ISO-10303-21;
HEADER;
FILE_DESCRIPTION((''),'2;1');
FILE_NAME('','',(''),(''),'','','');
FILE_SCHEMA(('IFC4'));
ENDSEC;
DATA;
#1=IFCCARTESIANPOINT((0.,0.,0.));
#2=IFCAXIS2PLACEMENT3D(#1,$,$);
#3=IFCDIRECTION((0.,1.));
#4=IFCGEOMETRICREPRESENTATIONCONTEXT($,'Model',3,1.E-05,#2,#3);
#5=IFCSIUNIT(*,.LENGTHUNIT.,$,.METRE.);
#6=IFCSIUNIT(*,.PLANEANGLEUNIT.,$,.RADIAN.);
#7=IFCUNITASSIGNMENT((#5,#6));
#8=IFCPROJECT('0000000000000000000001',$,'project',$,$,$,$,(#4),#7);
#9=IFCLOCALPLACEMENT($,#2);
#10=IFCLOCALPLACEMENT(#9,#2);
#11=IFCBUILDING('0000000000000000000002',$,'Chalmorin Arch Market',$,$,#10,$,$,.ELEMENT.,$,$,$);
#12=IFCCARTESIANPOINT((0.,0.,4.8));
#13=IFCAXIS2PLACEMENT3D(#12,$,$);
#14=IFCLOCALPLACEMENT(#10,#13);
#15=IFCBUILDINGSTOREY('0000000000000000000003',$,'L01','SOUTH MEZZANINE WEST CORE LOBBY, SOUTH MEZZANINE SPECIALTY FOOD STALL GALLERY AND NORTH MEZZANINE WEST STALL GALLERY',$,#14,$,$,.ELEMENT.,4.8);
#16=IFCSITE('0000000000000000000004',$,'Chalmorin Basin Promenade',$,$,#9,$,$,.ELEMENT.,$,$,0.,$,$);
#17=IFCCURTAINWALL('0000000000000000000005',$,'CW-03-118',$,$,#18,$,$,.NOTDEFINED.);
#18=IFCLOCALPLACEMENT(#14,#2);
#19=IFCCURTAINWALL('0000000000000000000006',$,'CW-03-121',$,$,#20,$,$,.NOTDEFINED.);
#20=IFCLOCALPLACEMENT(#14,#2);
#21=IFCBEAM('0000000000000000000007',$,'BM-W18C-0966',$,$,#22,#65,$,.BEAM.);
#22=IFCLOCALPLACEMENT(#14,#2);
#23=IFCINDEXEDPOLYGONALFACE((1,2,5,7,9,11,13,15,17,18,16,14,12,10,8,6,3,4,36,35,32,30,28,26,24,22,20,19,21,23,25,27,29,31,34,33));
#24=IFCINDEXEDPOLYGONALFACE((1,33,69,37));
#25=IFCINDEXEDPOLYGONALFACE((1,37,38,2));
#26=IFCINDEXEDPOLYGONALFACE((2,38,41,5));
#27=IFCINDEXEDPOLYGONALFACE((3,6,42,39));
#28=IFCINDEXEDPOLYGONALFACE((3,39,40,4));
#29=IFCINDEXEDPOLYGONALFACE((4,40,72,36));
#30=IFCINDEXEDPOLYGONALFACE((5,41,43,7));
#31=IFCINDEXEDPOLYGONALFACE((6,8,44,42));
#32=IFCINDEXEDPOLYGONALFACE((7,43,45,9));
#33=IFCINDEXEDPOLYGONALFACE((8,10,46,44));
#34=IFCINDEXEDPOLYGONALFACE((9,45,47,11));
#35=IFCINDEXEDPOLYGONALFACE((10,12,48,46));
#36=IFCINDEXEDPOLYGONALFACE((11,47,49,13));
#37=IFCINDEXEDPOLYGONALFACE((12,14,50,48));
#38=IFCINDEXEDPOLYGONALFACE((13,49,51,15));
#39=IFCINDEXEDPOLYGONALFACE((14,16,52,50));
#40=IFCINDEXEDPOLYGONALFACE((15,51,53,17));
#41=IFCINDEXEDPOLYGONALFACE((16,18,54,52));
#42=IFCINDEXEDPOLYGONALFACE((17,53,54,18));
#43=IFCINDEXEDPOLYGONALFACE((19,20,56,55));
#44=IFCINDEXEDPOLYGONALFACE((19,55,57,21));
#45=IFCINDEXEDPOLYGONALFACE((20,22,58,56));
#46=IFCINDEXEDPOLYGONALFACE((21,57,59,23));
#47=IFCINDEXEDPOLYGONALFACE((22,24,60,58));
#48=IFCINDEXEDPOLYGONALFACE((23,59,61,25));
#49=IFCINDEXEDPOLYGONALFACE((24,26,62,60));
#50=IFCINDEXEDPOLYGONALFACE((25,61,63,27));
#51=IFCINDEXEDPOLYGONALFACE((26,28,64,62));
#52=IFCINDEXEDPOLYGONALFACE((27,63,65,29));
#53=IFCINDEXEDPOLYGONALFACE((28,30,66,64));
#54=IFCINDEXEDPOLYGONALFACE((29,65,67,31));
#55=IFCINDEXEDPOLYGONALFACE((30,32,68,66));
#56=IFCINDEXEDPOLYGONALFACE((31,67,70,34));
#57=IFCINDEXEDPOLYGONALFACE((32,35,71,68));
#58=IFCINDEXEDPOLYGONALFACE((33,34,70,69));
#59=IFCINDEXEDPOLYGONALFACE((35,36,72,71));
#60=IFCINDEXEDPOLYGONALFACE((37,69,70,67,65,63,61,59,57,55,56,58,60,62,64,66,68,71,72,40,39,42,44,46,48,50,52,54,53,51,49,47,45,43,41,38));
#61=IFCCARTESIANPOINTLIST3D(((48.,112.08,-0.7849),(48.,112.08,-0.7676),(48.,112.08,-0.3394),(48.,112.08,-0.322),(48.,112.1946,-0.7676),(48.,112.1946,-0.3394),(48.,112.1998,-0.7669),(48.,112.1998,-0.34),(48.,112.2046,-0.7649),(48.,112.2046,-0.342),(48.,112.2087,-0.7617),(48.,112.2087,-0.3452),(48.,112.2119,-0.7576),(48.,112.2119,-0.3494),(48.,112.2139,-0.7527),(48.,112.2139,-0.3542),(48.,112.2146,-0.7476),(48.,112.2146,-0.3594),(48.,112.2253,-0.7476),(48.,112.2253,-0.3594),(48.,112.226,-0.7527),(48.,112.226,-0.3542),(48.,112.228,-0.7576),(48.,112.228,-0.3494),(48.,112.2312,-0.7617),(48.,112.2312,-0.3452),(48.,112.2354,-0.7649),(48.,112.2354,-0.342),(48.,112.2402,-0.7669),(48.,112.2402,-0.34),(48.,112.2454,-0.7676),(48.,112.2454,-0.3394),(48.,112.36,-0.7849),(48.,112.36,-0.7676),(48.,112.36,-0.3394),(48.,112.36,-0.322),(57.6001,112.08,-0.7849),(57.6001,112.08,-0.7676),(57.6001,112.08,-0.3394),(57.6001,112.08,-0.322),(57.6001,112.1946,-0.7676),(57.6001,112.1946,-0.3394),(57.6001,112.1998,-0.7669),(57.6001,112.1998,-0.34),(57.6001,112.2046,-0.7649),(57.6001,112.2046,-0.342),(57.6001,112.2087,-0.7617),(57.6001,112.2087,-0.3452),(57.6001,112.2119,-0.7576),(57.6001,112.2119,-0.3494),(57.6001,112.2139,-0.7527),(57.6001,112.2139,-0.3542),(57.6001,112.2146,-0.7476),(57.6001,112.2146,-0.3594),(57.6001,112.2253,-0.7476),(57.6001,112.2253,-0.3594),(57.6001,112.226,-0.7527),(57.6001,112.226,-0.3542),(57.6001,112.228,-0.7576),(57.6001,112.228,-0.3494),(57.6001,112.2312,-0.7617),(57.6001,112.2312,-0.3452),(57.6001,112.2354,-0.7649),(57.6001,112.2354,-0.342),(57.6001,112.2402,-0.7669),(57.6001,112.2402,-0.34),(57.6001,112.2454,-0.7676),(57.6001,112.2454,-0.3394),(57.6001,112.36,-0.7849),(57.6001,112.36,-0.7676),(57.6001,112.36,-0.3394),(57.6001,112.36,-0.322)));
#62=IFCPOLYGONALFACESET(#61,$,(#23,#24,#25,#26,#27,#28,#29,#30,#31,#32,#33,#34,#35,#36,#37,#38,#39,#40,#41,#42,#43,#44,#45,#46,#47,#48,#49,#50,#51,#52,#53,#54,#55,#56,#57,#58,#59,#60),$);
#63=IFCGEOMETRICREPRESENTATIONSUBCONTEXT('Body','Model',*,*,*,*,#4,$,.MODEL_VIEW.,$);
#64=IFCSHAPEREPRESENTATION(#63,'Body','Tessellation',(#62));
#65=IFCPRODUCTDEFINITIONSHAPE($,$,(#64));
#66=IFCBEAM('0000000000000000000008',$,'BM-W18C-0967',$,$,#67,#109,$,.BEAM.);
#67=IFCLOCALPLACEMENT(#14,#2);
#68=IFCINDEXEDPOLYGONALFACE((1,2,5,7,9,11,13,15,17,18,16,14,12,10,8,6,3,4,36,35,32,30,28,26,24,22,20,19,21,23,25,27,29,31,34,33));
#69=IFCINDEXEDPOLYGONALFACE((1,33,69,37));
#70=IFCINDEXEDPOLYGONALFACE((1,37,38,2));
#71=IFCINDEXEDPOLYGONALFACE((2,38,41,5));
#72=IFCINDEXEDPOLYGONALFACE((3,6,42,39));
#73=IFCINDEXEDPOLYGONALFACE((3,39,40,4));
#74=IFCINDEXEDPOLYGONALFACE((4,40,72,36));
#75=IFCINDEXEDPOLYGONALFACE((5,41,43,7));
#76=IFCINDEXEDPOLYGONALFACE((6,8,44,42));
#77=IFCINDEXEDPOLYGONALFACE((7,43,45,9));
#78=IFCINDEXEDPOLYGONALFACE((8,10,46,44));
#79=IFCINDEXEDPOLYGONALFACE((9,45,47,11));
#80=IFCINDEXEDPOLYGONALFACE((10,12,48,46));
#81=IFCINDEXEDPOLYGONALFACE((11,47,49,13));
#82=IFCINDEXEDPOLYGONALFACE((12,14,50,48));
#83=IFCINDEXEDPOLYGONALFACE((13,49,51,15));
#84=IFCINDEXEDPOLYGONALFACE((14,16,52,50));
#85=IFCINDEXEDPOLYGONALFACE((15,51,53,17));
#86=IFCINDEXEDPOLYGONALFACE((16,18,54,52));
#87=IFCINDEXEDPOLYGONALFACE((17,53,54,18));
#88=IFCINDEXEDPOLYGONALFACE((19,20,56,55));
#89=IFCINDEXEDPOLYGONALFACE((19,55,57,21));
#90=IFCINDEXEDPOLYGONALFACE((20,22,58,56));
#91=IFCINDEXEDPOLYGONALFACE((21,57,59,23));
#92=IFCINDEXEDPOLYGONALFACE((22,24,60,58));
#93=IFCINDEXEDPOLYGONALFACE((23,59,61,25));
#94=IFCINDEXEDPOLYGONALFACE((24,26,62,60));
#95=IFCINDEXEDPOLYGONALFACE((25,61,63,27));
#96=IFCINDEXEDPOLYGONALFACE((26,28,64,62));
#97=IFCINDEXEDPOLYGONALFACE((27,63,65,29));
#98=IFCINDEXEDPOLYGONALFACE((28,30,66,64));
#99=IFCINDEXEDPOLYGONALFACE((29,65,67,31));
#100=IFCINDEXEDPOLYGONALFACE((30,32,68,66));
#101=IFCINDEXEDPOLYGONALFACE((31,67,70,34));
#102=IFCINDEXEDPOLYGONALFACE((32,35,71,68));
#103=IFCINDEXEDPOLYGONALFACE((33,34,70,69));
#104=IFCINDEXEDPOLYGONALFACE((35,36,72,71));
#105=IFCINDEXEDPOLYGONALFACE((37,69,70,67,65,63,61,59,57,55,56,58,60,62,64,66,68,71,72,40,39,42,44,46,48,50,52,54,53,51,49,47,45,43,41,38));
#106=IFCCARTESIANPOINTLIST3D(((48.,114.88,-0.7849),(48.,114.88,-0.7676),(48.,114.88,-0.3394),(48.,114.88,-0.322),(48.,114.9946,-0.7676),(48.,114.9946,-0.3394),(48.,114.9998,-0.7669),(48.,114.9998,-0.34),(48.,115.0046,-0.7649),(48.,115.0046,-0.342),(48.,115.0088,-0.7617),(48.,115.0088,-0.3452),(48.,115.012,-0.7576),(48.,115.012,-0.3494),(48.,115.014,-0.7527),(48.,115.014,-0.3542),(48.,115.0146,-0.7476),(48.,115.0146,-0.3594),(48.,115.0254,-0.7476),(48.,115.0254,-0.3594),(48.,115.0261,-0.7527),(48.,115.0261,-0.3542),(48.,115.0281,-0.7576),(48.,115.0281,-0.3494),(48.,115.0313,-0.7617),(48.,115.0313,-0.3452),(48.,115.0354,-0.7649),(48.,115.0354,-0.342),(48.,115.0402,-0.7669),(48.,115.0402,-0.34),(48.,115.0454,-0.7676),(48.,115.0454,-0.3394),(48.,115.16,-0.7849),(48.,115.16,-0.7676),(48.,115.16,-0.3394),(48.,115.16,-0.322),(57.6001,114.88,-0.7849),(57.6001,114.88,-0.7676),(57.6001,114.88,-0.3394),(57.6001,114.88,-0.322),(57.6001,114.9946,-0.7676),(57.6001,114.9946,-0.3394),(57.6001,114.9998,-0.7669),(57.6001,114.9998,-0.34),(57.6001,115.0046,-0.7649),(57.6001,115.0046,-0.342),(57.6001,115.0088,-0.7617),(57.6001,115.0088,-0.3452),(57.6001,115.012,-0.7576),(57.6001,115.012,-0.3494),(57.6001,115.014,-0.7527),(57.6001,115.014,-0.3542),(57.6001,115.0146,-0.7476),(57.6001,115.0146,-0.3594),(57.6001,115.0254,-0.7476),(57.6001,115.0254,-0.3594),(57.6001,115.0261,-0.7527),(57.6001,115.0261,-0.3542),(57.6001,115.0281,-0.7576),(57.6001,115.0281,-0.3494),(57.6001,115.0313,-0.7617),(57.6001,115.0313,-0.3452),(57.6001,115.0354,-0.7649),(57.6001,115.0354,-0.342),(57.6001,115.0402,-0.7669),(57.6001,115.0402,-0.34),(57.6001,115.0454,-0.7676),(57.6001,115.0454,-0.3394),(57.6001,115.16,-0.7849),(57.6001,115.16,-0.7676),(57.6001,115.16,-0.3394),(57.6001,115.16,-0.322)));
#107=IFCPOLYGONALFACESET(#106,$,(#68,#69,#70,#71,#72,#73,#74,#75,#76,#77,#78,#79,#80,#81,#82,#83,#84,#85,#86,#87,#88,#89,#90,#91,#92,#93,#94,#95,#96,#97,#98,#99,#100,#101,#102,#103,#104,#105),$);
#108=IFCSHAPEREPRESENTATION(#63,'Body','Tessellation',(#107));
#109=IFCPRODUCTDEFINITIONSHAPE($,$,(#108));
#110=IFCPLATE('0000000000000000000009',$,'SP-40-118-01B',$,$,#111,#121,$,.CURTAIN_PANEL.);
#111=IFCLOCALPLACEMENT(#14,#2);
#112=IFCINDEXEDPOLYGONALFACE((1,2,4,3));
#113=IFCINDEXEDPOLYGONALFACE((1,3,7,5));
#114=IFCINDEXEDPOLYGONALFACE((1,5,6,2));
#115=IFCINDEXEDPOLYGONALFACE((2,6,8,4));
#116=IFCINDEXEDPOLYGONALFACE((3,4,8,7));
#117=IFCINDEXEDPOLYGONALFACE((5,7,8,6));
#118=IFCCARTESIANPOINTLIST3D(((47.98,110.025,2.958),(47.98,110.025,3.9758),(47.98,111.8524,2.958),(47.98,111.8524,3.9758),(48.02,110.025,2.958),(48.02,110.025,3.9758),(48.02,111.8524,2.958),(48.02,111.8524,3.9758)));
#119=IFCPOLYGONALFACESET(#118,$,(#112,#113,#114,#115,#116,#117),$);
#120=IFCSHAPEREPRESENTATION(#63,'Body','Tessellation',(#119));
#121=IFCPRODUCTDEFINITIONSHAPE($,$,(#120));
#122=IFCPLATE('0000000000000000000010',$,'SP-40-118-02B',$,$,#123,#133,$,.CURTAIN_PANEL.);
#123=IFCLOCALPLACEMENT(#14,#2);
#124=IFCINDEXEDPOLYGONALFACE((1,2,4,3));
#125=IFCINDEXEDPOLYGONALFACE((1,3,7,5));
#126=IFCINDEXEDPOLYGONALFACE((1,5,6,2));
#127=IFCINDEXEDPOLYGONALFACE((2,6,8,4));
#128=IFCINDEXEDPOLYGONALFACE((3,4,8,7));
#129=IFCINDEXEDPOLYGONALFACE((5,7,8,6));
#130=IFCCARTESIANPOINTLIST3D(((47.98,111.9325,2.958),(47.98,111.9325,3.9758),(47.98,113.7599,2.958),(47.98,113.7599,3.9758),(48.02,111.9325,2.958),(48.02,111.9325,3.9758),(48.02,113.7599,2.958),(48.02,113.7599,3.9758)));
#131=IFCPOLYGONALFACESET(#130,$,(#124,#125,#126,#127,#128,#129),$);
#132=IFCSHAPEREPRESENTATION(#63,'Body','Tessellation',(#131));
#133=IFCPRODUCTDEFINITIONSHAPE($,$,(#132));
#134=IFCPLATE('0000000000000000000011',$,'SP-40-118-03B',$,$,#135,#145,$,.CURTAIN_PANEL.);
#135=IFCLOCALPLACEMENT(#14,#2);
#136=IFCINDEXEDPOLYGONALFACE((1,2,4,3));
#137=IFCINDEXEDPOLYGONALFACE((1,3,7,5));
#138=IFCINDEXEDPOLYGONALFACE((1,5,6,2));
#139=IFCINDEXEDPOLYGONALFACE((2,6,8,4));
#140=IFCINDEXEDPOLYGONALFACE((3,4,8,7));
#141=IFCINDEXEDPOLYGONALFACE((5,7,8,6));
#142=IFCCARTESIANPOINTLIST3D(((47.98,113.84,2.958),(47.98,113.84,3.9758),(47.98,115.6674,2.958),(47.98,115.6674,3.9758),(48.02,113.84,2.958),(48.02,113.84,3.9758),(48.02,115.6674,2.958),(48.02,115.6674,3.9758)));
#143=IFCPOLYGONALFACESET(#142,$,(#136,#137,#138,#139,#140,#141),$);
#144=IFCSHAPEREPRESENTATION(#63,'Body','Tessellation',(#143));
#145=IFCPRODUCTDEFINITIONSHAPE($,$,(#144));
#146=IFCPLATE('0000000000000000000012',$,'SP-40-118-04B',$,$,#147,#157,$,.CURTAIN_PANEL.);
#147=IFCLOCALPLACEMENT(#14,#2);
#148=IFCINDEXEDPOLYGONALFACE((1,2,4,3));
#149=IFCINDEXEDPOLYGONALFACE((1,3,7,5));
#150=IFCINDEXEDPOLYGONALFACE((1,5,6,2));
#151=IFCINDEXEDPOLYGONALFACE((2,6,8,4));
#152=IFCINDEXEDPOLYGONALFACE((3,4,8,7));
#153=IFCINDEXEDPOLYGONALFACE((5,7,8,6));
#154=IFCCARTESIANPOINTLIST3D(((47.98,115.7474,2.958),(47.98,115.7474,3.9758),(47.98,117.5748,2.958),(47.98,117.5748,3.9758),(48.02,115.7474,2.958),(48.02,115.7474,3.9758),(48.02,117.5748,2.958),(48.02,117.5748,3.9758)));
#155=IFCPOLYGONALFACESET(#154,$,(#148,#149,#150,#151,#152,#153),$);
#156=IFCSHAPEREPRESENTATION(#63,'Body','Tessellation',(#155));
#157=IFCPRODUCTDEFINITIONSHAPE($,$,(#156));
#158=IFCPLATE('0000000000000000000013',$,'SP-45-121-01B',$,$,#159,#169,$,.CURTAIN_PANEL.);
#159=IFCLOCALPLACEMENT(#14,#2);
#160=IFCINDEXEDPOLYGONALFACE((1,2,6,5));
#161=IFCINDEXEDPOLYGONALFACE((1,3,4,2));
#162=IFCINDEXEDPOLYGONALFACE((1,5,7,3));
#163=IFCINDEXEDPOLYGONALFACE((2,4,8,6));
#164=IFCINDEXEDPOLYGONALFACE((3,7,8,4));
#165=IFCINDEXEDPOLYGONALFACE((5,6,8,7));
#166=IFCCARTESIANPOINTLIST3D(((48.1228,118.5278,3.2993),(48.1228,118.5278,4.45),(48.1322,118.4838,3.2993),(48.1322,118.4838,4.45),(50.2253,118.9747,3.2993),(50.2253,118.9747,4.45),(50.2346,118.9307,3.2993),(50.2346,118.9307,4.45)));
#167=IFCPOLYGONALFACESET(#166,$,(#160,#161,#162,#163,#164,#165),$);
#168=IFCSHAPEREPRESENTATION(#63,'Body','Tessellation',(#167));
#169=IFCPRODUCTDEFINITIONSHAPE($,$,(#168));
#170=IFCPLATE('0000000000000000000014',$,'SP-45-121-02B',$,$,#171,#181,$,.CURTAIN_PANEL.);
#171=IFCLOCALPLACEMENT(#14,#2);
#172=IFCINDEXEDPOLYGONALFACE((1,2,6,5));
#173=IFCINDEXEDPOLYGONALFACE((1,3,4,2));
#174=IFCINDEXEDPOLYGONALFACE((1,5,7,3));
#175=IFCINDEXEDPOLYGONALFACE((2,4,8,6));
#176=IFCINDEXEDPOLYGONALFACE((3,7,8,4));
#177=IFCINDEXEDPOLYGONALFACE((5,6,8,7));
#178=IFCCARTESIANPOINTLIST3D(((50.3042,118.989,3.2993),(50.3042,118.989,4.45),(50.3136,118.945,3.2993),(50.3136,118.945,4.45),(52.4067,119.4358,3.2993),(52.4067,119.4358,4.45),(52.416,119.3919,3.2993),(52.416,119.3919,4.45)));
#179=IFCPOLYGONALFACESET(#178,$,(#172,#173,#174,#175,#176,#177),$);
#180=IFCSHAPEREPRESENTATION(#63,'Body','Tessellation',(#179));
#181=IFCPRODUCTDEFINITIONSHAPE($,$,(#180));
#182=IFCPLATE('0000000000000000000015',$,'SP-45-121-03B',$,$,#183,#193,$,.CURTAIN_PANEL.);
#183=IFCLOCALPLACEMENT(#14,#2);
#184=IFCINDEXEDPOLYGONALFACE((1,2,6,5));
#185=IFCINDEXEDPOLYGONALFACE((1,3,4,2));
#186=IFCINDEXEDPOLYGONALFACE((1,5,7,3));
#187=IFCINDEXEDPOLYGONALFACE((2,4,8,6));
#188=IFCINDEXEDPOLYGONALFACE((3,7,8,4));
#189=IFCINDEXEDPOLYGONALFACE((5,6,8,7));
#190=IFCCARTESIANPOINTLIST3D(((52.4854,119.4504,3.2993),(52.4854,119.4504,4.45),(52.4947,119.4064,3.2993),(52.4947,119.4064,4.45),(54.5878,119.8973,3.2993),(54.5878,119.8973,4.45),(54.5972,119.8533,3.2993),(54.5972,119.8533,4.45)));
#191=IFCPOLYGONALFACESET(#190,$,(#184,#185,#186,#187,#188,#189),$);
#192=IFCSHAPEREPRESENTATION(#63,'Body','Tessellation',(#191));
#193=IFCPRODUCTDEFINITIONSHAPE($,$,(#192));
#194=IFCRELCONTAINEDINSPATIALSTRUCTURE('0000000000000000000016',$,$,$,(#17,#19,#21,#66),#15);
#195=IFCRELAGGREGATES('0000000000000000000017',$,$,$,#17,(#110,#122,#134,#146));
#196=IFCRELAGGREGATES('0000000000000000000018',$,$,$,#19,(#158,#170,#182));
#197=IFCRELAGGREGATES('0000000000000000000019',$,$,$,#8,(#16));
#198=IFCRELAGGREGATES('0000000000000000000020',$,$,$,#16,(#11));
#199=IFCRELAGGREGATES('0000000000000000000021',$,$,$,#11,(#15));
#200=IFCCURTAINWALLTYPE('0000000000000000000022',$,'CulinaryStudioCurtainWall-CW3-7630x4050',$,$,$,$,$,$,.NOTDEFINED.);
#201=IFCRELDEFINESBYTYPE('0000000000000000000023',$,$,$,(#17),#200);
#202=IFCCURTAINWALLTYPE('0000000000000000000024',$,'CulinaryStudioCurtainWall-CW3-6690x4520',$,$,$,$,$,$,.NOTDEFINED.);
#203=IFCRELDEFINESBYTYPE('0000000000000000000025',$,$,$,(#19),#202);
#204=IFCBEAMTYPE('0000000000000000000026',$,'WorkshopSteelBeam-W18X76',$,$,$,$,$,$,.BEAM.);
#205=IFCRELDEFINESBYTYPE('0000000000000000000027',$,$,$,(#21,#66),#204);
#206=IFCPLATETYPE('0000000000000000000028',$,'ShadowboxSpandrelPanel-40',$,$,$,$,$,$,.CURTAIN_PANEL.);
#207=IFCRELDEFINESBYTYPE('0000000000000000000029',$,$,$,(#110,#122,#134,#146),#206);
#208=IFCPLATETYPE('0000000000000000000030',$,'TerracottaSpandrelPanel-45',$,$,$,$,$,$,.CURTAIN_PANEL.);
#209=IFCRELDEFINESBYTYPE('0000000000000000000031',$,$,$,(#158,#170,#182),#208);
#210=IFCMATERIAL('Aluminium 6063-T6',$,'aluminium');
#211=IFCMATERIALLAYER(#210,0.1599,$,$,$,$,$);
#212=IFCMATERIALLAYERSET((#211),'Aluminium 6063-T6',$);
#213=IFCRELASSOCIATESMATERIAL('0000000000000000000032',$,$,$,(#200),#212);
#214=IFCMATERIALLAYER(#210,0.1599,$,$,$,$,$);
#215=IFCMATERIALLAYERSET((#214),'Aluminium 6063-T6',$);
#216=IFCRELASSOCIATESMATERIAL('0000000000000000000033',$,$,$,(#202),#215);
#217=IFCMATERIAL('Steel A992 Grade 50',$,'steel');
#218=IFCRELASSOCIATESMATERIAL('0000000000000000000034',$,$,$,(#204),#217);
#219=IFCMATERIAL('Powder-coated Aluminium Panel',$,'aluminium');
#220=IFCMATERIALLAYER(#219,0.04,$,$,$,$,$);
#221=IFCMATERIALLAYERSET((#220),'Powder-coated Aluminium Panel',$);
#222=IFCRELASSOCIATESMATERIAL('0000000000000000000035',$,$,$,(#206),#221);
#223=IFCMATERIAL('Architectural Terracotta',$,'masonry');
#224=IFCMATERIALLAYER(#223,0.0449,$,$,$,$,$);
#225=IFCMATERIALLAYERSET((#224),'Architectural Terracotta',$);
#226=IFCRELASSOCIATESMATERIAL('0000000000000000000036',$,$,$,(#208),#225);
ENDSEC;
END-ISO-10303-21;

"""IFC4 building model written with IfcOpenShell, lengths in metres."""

from ifc_helpers import new_model, si_unit, direction, frame, origin, origin_2d, place, context, subcontext, project, spatial, rectangle, i_section, extrude, material, layer, layer_set, material_profile, profile_set, type_object, element, aggregate, save


model = new_model("IFC4")

# Units and contexts
model_context = context("Model", 3, precision=1e-05, world=origin(), true_north=direction((0.0, 1.0)))
body_context = subcontext(model_context, "Body", "Model", "MODEL_VIEW")
ifc_project = project(units=[si_unit("LENGTHUNIT", "METRE"), si_unit("PLANEANGLEUNIT", "RADIAN")], contexts=[model_context])

# Site, building, storey
site_placement = place(None, origin())
site = spatial("IfcSite", under=ifc_project, at=site_placement, Name="Chalmorin Basin Promenade", CompositionType="ELEMENT", RefElevation=0.0)
building_placement = place(site_placement, origin())
building = spatial("IfcBuilding", under=site, at=building_placement, Name="Chalmorin Arch Market", CompositionType="ELEMENT")
storey_placement = place(building_placement, frame((0.0, 0.0, 4.8)))
storey = spatial("IfcBuildingStorey", under=building, at=storey_placement, Name="L01", Description="SOUTH MEZZANINE WEST CORE LOBBY, SOUTH MEZZANINE SPECIALTY FOOD STALL GALLERY AND NORTH MEZZANINE WEST STALL GALLERY", CompositionType="ELEMENT", Elevation=4.8)

# Curtain walls
ifc_material_1 = material(Name="Aluminium 6063-T6", Category="aluminium")
ifc_layer_1 = layer(ifc_material_1, 0.1599)
ifc_layer_set_1 = layer_set([ifc_layer_1], Name="Aluminium 6063-T6")
curtain_wall_type_1 = type_object("IfcCurtainWallType", Name="CulinaryStudioCurtainWall-CW3-7630x4050", PredefinedType="NOTDEFINED", material=ifc_layer_set_1)
curtain_wall_1_placement = place(storey_placement, origin())
curtain_wall_1 = element("IfcCurtainWall", 1, at=curtain_wall_1_placement, inside=storey, type_object=curtain_wall_type_1, Name="CW-03-118", PredefinedType="NOTDEFINED")
ifc_layer_2 = layer(ifc_material_1, 0.1599)
ifc_layer_set_2 = layer_set([ifc_layer_2], Name="Aluminium 6063-T6")
curtain_wall_type_2 = type_object("IfcCurtainWallType", Name="CulinaryStudioCurtainWall-CW3-6690x4520", PredefinedType="NOTDEFINED", material=ifc_layer_set_2)
curtain_wall_2_placement = place(storey_placement, origin())
curtain_wall_2 = element("IfcCurtainWall", 2, at=curtain_wall_2_placement, inside=storey, type_object=curtain_wall_type_2, Name="CW-03-121", PredefinedType="NOTDEFINED")

# Beams
ifc_material_2 = material(Name="Steel A992 Grade 50", Category="steel")
ifc_material_profile_1 = material_profile(ifc_material_2, i_section(OverallWidth=0.28, OverallDepth=0.4629, WebThickness=0.0107, FlangeThickness=0.0173, FilletRadius=0.02, at=origin_2d()), Name="W18X76")
ifc_profile_set_1 = profile_set([ifc_material_profile_1], Name="Steel A992 Grade 50")
beam_type_1 = type_object("IfcBeamType", Name="WorkshopSteelBeam-W18X76", PredefinedType="BEAM", material=ifc_profile_set_1)
for number, where, z_axis, x_axis, name in (
    (3, (48.0, 112.22, -0.5535), (1.0, 0.0, 0.0), (0.0, 1.0, 0.0), "BM-W18C-0966"),
    (4, (48.0, 115.02, -0.5535), (1.0, 0.0, 0.0), (0.0, 1.0, 0.0), "BM-W18C-0967"),
):
    element("IfcBeam", number, at=place(storey_placement, frame(where, z_axis=z_axis, x_axis=x_axis)), inside=storey, type_object=beam_type_1, Name=name, PredefinedType="BEAM", context=body_context, shape_type="SweptSolid", body=[
        extrude(i_section(OverallWidth=0.28, OverallDepth=0.4629, WebThickness=0.0107, FlangeThickness=0.0173, FilletRadius=0.02, at=origin_2d()), origin(), (0.0, 0.0, 1.0), 9.6001),
    ])

# Plates
ifc_material_3 = material(Name="Powder-coated Aluminium Panel", Category="aluminium")
ifc_layer_3 = layer(ifc_material_3, 0.04)
ifc_layer_set_3 = layer_set([ifc_layer_3], Name="Powder-coated Aluminium Panel")
plate_type_1 = type_object("IfcPlateType", Name="ShadowboxSpandrelPanel-40", PredefinedType="CURTAIN_PANEL", material=ifc_layer_set_3)
plate_1_placement = place(storey_placement, frame((48.0, 110.9387, 2.958), z_axis=(0.0, 0.0, 1.0), x_axis=(0.0, 1.0, 0.0)))
plate_1 = element("IfcPlate", 5, at=plate_1_placement, type_object=plate_type_1, Name="SP-40-118-01B", PredefinedType="CURTAIN_PANEL", context=body_context, shape_type="SweptSolid", body=[
    extrude(rectangle(XDim=1.8274, YDim=0.04, at=origin_2d()), origin(), (0.0, 0.0, 1.0), 1.0178),
])
plate_2_placement = place(storey_placement, frame((48.0, 112.8462, 2.958), z_axis=(0.0, 0.0, 1.0), x_axis=(0.0, 1.0, 0.0)))
plate_2 = element("IfcPlate", 6, at=plate_2_placement, type_object=plate_type_1, Name="SP-40-118-02B", PredefinedType="CURTAIN_PANEL", context=body_context, shape_type="SweptSolid", body=[
    extrude(rectangle(XDim=1.8274, YDim=0.04, at=origin_2d()), origin(), (0.0, 0.0, 1.0), 1.0178),
])
plate_3_placement = place(storey_placement, frame((48.0, 114.7537, 2.958), z_axis=(0.0, 0.0, 1.0), x_axis=(0.0, 1.0, 0.0)))
plate_3 = element("IfcPlate", 7, at=plate_3_placement, type_object=plate_type_1, Name="SP-40-118-03B", PredefinedType="CURTAIN_PANEL", context=body_context, shape_type="SweptSolid", body=[
    extrude(rectangle(XDim=1.8274, YDim=0.04, at=origin_2d()), origin(), (0.0, 0.0, 1.0), 1.0178),
])
plate_4_placement = place(storey_placement, frame((48.0, 116.6611, 2.958), z_axis=(0.0, 0.0, 1.0), x_axis=(0.0, 1.0, 0.0)))
plate_4 = element("IfcPlate", 8, at=plate_4_placement, type_object=plate_type_1, Name="SP-40-118-04B", PredefinedType="CURTAIN_PANEL", context=body_context, shape_type="SweptSolid", body=[
    extrude(rectangle(XDim=1.8274, YDim=0.04, at=origin_2d()), origin(), (0.0, 0.0, 1.0), 1.0178),
])
ifc_material_4 = material(Name="Architectural Terracotta", Category="masonry")
ifc_layer_4 = layer(ifc_material_4, 0.0449)
ifc_layer_set_4 = layer_set([ifc_layer_4], Name="Architectural Terracotta")
plate_type_2 = type_object("IfcPlateType", Name="TerracottaSpandrelPanel-45", PredefinedType="CURTAIN_PANEL", material=ifc_layer_set_4)
plate_5_placement = place(storey_placement, frame((49.1787, 118.7292, 3.2993), z_axis=(0.0, 0.0, 1.0), x_axis=(0.978148, 0.207912, 0.0)))
plate_5 = element("IfcPlate", 9, at=plate_5_placement, type_object=plate_type_2, Name="SP-45-121-01B", PredefinedType="CURTAIN_PANEL", context=body_context, shape_type="SweptSolid", body=[
    extrude(rectangle(XDim=2.1494, YDim=0.0449, at=origin_2d()), origin(), (0.0, 0.0, 1.0), 1.1506),
])
plate_6_placement = place(storey_placement, frame((51.3601, 119.1904, 3.2993), z_axis=(0.0, 0.0, 1.0), x_axis=(0.978148, 0.207912, 0.0)))
plate_6 = element("IfcPlate", 10, at=plate_6_placement, type_object=plate_type_2, Name="SP-45-121-02B", PredefinedType="CURTAIN_PANEL", context=body_context, shape_type="SweptSolid", body=[
    extrude(rectangle(XDim=2.1494, YDim=0.0449, at=origin_2d()), origin(), (0.0, 0.0, 1.0), 1.1506),
])
plate_7_placement = place(storey_placement, frame((53.5413, 119.6519, 3.2993), z_axis=(0.0, 0.0, 1.0), x_axis=(0.978148, 0.207912, 0.0)))
plate_7 = element("IfcPlate", 11, at=plate_7_placement, type_object=plate_type_2, Name="SP-45-121-03B", PredefinedType="CURTAIN_PANEL", context=body_context, shape_type="SweptSolid", body=[
    extrude(rectangle(XDim=2.1494, YDim=0.0449, at=origin_2d()), origin(), (0.0, 0.0, 1.0), 1.1506),
])
aggregate(curtain_wall_1, [plate_1, plate_2, plate_3, plate_4])
aggregate(curtain_wall_2, [plate_5, plate_6, plate_7])

save(model, "model.ifc")
